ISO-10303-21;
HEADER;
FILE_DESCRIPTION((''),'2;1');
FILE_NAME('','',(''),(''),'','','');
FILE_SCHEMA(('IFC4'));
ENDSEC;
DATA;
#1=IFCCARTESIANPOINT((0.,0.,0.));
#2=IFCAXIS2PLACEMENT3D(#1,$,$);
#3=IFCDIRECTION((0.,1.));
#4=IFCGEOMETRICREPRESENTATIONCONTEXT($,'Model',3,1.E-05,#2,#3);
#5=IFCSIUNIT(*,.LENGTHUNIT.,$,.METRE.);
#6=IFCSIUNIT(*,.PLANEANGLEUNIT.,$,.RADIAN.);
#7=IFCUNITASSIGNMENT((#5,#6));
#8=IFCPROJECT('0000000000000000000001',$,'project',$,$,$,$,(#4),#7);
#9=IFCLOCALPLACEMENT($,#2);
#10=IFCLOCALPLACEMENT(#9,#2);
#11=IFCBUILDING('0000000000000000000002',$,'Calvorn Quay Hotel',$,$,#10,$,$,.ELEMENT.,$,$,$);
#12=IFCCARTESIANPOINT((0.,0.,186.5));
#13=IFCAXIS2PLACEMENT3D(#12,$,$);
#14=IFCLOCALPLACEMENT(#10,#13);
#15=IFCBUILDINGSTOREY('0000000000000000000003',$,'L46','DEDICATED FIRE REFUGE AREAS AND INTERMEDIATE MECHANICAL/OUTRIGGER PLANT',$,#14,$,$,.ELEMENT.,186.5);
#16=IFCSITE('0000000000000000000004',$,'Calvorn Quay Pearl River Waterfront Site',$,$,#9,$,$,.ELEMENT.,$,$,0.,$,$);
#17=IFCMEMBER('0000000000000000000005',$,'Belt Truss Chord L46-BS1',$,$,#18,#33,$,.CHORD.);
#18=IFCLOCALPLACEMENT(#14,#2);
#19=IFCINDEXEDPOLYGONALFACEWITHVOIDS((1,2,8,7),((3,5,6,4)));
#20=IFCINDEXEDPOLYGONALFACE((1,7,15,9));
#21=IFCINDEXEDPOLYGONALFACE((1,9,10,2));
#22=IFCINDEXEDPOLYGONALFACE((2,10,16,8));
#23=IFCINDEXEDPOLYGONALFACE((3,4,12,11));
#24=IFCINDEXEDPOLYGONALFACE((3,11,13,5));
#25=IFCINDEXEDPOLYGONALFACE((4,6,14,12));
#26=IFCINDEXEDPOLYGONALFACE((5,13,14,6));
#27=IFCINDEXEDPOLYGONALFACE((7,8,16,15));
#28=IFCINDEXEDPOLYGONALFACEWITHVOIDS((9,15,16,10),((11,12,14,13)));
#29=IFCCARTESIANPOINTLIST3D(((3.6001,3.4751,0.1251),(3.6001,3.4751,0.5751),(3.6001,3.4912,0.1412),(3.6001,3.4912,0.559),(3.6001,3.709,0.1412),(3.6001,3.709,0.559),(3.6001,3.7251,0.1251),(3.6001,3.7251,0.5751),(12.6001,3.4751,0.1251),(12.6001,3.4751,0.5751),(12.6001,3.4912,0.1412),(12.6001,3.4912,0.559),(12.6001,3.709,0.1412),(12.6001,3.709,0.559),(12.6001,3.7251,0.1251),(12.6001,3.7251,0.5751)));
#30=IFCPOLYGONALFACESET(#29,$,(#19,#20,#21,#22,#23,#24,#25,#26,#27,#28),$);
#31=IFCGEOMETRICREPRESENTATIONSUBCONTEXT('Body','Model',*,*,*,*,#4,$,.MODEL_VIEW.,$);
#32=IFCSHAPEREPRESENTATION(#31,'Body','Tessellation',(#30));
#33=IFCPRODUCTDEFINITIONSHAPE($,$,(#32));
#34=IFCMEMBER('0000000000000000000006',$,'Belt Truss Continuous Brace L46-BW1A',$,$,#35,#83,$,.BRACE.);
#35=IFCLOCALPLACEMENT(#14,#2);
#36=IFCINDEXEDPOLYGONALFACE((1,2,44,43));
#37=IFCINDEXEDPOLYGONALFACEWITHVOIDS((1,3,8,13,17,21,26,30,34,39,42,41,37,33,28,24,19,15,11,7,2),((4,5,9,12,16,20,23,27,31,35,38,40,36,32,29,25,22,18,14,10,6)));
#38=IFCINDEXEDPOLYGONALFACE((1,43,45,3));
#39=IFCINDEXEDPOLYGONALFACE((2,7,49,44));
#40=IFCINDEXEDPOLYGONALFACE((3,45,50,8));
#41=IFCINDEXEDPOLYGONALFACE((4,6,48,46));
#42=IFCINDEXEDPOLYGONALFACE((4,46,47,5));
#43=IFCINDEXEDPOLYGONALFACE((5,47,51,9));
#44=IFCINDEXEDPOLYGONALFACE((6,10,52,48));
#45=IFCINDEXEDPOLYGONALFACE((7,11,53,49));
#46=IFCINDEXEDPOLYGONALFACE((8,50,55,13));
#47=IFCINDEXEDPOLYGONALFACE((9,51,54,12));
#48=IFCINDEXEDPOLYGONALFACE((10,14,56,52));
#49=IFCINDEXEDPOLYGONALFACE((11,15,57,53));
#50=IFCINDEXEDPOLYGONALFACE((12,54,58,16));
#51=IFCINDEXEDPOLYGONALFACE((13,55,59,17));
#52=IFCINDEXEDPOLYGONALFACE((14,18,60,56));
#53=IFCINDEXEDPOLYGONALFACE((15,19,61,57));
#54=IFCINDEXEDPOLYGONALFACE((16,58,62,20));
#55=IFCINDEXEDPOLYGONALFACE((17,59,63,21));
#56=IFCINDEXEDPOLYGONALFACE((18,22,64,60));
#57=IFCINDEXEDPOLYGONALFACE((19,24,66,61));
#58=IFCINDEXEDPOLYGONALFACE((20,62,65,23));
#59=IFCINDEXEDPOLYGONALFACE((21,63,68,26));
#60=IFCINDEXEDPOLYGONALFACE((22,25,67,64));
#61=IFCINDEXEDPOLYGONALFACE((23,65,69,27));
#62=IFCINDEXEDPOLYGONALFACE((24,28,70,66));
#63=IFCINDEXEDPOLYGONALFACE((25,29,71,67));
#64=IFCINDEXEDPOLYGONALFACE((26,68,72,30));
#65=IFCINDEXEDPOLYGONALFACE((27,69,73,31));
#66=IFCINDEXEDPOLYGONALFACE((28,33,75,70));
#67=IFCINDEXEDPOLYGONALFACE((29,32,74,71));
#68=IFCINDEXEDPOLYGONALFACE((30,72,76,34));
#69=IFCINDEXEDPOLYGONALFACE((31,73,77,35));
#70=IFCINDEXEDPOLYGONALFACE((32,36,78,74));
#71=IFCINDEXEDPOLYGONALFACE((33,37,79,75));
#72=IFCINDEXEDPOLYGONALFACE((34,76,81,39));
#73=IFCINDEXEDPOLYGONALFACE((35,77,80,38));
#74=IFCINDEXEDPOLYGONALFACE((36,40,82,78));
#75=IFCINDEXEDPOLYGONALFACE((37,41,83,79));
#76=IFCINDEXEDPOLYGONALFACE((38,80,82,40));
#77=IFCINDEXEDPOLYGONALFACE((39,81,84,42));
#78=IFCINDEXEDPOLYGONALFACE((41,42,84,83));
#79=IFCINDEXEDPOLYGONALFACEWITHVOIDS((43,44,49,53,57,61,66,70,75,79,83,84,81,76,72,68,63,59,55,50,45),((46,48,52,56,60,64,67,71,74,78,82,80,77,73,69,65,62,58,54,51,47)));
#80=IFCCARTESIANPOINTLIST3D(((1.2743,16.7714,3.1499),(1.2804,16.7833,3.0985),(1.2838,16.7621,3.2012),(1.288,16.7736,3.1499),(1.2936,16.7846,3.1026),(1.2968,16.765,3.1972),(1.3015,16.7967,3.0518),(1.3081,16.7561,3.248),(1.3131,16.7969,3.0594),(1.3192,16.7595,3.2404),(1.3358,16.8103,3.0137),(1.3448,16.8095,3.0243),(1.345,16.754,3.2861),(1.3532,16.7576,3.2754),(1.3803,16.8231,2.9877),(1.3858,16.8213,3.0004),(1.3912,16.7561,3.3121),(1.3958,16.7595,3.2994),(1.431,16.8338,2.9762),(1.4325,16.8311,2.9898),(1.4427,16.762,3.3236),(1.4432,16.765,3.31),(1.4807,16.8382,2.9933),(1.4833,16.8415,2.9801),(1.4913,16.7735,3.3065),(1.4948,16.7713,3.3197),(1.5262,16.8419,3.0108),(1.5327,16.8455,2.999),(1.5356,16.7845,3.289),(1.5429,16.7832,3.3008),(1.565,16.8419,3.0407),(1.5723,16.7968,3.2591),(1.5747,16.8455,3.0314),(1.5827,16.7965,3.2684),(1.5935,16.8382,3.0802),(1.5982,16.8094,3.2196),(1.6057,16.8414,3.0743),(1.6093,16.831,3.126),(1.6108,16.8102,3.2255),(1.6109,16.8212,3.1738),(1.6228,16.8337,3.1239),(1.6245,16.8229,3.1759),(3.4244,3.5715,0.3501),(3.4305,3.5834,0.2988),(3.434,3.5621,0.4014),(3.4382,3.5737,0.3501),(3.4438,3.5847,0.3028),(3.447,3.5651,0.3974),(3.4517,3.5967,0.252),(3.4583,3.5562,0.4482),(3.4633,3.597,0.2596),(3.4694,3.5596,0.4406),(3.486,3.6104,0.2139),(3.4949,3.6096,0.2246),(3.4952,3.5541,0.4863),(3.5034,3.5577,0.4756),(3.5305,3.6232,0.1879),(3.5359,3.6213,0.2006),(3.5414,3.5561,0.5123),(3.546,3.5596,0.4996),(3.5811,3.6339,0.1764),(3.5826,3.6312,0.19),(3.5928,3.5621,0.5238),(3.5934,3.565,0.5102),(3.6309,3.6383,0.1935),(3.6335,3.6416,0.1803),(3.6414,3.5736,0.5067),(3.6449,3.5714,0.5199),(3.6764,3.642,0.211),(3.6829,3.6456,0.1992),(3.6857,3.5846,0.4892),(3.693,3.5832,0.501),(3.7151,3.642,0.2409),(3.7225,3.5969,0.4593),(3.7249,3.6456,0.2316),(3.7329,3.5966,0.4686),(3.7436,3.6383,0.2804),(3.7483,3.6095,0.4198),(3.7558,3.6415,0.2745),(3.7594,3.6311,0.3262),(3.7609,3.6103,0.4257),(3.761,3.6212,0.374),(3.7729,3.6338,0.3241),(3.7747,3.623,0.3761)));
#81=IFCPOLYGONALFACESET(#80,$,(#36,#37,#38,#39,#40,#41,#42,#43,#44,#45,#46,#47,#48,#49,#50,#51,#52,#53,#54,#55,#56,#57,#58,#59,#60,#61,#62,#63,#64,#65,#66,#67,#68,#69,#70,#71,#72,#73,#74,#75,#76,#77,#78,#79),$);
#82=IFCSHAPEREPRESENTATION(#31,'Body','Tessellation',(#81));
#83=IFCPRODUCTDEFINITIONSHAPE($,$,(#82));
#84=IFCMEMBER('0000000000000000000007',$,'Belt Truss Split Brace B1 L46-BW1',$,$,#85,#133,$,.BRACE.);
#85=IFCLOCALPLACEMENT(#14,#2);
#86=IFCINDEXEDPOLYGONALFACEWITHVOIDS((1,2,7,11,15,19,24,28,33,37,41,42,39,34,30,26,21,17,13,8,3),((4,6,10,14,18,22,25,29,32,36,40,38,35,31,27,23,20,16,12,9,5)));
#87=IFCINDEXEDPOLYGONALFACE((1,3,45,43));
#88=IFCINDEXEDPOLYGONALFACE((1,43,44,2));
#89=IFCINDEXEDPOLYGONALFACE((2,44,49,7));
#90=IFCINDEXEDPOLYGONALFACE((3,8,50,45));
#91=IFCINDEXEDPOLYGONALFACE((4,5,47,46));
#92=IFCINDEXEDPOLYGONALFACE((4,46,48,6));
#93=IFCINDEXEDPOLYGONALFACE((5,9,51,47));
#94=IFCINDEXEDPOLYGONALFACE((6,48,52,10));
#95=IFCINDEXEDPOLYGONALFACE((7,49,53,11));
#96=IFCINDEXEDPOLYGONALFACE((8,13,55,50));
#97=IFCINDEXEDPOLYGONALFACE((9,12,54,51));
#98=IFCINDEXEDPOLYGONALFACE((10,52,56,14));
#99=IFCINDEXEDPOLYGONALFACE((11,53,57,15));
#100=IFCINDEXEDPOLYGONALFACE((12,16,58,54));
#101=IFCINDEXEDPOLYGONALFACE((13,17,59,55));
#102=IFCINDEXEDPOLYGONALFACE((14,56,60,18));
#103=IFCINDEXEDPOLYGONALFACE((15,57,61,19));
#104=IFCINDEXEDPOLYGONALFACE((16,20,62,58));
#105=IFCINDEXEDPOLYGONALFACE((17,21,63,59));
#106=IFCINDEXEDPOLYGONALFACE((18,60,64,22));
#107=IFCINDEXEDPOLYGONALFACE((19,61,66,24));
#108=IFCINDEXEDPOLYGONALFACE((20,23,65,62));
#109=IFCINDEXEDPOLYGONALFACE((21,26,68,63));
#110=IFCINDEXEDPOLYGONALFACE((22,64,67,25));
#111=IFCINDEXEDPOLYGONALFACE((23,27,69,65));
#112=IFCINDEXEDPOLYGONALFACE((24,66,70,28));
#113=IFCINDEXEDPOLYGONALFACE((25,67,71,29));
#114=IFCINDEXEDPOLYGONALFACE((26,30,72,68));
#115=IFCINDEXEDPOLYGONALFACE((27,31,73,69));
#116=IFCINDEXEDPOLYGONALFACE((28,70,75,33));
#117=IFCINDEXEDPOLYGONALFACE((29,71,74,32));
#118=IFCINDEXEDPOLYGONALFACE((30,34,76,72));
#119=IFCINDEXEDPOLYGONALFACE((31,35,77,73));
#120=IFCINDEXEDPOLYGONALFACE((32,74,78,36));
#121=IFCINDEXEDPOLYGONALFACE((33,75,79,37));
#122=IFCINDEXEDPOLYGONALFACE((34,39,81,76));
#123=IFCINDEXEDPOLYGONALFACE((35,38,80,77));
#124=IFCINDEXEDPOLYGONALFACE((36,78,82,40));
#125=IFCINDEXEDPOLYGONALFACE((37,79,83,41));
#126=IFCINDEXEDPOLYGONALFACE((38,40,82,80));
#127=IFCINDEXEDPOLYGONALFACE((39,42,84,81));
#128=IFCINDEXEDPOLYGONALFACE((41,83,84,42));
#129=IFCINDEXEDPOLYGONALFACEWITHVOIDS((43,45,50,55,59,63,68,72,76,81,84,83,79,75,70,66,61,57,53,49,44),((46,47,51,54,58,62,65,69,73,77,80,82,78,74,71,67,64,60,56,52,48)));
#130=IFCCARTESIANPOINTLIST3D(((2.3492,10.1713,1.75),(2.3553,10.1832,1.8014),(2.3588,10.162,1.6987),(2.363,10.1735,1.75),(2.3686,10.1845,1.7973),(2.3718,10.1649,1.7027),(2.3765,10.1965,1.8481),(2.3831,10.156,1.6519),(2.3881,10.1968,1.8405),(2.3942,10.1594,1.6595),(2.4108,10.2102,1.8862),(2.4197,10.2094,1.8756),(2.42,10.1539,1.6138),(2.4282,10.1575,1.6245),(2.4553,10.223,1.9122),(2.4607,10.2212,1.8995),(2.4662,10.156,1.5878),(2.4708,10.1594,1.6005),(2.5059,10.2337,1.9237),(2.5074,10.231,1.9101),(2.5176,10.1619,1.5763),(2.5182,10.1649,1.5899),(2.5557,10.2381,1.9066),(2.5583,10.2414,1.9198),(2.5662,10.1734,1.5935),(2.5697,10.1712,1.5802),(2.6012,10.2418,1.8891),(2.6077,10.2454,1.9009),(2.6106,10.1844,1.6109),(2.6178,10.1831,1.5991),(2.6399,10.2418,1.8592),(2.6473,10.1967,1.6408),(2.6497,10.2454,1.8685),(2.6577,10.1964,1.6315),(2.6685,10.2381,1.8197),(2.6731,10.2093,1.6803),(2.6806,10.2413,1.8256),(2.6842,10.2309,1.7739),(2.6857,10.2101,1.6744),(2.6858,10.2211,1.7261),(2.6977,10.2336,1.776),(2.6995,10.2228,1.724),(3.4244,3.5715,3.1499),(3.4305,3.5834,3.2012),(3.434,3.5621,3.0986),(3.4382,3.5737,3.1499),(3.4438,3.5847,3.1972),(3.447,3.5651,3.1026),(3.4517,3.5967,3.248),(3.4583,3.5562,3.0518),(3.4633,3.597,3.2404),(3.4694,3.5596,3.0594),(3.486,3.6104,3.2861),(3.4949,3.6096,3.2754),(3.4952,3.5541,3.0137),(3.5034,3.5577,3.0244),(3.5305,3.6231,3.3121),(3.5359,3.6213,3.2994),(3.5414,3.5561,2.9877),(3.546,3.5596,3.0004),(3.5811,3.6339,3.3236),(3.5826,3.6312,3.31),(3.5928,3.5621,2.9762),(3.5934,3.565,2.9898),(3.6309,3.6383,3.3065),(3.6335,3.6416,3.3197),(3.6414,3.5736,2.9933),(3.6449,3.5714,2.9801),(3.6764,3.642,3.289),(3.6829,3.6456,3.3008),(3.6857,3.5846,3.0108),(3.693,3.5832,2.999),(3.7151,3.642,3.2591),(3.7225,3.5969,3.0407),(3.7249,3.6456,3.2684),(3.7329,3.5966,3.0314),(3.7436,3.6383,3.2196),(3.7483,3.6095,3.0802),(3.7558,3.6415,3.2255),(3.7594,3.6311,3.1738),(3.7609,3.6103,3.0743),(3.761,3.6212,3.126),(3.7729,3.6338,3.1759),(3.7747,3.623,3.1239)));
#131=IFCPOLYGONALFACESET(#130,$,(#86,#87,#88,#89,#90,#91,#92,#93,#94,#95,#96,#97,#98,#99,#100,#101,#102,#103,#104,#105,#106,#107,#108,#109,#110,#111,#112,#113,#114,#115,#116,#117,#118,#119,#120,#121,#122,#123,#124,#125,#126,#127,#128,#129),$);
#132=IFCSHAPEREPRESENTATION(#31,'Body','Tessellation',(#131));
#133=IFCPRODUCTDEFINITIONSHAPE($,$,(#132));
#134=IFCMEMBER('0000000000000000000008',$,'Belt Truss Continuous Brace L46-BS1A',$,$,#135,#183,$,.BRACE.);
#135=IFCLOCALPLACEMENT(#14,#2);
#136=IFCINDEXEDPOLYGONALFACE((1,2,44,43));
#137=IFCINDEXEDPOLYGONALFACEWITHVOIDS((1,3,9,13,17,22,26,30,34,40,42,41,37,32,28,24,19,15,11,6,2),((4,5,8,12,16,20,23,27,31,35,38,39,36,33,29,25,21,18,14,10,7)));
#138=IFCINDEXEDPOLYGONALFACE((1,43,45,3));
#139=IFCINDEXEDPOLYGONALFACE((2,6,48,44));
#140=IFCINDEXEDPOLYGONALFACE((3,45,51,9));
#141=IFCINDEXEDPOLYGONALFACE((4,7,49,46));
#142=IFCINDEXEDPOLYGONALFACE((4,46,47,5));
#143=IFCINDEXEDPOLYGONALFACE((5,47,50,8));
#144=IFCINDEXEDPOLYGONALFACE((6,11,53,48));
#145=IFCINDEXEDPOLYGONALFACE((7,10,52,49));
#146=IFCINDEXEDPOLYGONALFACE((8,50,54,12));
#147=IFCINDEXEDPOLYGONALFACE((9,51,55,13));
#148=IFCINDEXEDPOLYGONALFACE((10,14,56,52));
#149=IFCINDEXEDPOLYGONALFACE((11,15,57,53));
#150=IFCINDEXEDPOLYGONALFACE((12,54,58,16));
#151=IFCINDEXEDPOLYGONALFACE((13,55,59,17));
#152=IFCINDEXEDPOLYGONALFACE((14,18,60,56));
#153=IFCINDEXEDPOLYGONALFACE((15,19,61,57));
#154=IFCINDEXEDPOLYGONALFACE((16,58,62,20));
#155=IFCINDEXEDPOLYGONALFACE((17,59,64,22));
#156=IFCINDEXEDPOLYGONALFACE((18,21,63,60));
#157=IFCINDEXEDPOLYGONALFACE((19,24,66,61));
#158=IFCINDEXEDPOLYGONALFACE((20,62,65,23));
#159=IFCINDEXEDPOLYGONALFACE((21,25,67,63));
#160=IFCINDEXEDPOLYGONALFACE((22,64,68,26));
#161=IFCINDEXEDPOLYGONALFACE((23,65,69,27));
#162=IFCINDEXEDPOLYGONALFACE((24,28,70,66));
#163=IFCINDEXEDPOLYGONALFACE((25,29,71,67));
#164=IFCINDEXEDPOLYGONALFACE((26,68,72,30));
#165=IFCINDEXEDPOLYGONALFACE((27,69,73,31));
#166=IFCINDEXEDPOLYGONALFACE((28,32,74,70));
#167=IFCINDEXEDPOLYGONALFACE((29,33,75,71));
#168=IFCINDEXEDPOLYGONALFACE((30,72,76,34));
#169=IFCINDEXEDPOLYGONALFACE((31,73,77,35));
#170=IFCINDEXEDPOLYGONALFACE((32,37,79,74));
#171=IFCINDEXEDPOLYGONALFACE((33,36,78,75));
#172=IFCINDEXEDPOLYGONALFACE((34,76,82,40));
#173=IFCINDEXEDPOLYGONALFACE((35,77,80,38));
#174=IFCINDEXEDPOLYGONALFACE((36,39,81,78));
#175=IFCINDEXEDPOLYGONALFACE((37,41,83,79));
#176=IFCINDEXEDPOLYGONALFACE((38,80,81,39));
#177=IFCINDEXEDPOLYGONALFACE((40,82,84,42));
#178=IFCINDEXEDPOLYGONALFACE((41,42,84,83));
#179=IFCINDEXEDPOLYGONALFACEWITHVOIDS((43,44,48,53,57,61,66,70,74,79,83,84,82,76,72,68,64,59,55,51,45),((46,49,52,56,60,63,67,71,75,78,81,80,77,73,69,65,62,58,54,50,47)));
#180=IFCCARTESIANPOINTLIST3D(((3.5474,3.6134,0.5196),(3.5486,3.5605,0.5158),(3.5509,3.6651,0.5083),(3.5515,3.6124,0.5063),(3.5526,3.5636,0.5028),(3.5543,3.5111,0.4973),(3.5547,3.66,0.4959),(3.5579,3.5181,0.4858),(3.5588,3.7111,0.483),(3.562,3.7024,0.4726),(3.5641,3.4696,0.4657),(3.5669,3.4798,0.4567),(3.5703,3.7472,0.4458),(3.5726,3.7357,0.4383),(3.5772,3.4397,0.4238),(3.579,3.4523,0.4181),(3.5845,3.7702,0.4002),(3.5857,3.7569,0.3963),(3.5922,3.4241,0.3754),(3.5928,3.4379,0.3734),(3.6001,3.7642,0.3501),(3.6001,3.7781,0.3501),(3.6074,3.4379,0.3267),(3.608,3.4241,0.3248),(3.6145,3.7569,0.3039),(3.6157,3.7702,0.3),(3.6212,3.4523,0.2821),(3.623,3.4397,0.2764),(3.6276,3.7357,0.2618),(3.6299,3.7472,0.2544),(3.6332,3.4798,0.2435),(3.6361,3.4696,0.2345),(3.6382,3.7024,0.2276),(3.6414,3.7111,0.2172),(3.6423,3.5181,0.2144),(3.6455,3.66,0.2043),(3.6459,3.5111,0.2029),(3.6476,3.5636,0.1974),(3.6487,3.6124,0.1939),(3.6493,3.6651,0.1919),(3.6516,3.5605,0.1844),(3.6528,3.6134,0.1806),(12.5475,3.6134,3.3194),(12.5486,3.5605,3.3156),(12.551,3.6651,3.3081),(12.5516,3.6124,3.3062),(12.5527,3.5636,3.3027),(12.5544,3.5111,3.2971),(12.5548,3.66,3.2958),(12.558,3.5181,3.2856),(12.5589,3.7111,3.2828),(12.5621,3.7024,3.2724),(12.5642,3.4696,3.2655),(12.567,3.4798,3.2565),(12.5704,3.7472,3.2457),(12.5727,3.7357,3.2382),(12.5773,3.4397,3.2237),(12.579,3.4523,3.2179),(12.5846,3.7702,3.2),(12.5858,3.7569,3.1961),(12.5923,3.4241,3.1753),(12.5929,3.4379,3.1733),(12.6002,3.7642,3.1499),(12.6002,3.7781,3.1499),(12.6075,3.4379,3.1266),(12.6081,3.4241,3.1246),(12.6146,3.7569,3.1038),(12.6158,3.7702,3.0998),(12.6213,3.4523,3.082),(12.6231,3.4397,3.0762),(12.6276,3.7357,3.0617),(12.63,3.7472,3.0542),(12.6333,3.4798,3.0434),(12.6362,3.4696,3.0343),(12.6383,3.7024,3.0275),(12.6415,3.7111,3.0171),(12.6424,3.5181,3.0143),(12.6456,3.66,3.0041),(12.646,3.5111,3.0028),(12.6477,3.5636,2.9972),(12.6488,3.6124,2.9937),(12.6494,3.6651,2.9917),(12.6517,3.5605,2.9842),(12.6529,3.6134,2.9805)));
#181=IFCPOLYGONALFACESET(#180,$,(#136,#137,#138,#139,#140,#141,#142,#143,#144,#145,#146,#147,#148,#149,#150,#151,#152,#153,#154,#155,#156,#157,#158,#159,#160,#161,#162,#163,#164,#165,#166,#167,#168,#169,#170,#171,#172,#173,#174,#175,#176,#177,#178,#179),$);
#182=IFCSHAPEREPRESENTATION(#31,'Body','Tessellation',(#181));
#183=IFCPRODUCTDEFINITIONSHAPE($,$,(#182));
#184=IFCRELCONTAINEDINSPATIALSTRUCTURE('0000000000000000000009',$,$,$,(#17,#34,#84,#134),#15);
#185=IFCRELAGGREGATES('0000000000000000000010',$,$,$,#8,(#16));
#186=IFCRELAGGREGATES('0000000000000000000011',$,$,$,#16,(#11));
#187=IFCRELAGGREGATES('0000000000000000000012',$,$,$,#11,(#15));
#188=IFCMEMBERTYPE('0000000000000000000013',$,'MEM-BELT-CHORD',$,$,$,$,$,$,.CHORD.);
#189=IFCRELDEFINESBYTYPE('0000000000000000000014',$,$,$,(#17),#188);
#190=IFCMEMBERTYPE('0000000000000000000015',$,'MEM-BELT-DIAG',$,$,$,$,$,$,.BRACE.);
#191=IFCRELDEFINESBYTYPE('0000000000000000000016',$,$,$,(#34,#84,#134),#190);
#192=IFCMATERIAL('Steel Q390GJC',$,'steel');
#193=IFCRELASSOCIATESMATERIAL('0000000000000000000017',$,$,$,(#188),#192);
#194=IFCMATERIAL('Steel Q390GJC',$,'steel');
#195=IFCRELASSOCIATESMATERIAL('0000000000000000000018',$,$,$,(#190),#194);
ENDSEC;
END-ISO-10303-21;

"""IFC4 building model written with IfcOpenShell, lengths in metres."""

from ifc_helpers import new_model, si_unit, direction, frame, origin, origin_2d, place, context, subcontext, project, spatial, hollow_rectangle, hollow_circle, extrude, material, material_profile, profile_set, type_object, element, save


model = new_model("IFC4")

# Units and contexts
model_context = context("Model", 3, precision=1e-05, world=origin(), true_north=direction((0.0, 1.0)))
body_context = subcontext(model_context, "Body", "Model", "MODEL_VIEW")
ifc_project = project(units=[si_unit("LENGTHUNIT", "METRE"), si_unit("PLANEANGLEUNIT", "RADIAN")], contexts=[model_context])

# Site, building, storey
site_placement = place(None, origin())
site = spatial("IfcSite", under=ifc_project, at=site_placement, Name="Calvorn Quay Pearl River Waterfront Site", CompositionType="ELEMENT", RefElevation=0.0)
building_placement = place(site_placement, origin())
building = spatial("IfcBuilding", under=site, at=building_placement, Name="Calvorn Quay Hotel", CompositionType="ELEMENT")
storey_placement = place(building_placement, frame((0.0, 0.0, 186.5)))
storey = spatial("IfcBuildingStorey", under=building, at=storey_placement, Name="L46", Description="DEDICATED FIRE REFUGE AREAS AND INTERMEDIATE MECHANICAL/OUTRIGGER PLANT", CompositionType="ELEMENT", Elevation=186.5)

# Members
ifc_material_1 = material(Name="Steel Q390GJC", Category="steel")
ifc_material_profile_1 = material_profile(ifc_material_1, hollow_rectangle(XDim=0.25, YDim=0.45, WallThickness=0.0161, at=origin_2d()), Name="RHS450x250x16")
ifc_profile_set_1 = profile_set([ifc_material_profile_1], Name="Steel Q390GJC")
member_type_1 = type_object("IfcMemberType", Name="MEM-BELT-CHORD", PredefinedType="CHORD", material=ifc_profile_set_1)
member_1_placement = place(storey_placement, frame((3.6001, 3.6001, 0.3501), z_axis=(1.0, 0.0, 0.0), x_axis=(0.0, 1.0, 0.0)))
element("IfcMember", 1, at=member_1_placement, inside=storey, type_object=member_type_1, Name="Belt Truss Chord L46-BS1", PredefinedType="CHORD", context=body_context, shape_type="SweptSolid", body=[
    extrude(hollow_rectangle(XDim=0.25, YDim=0.45, WallThickness=0.0161, at=origin_2d()), origin(), (0.0, 0.0, 1.0), 9.0),
])
ifc_material_2 = material(Name="Steel Q390GJC", Category="steel")
ifc_material_profile_2 = material_profile(ifc_material_2, hollow_circle(Radius=0.178, WallThickness=0.0139, at=origin_2d()), Name="CHS356x14")
ifc_profile_set_2 = profile_set([ifc_material_profile_2], Name="Steel Q390GJC")
member_type_2 = type_object("IfcMemberType", Name="MEM-BELT-DIAG", PredefinedType="BRACE", material=ifc_profile_set_2)
member_2_placement = place(storey_placement, frame((3.6001, 3.6001, 0.3501), z_axis=(-0.15736, 0.966049, 0.204906), x_axis=(-0.986992, -0.160772, 0.0)))
element("IfcMember", 2, at=member_2_placement, inside=storey, type_object=member_type_2, Name="Belt Truss Continuous Brace L46-BW1A", PredefinedType="BRACE", context=body_context, shape_type="SweptSolid", body=[
    extrude(hollow_circle(Radius=0.178, WallThickness=0.0139, at=origin_2d()), origin(), (0.0, 0.0, 1.0), 13.6638),
])
member_3_placement = place(storey_placement, frame((3.6001, 3.6001, 3.1499), z_axis=(-0.15738, 0.966045, -0.204909), x_axis=(-0.986988, -0.160792, 0.0)))
element("IfcMember", 3, at=member_3_placement, inside=storey, type_object=member_type_2, Name="Belt Truss Split Brace B1 L46-BW1", PredefinedType="BRACE", context=body_context, shape_type="SweptSolid", body=[
    extrude(hollow_circle(Radius=0.178, WallThickness=0.0139, at=origin_2d()), origin(), (0.0, 0.0, 1.0), 6.8318),
])
member_4_placement = place(storey_placement, frame((3.6001, 3.6001, 0.3501), z_axis=(0.954863, 0.0, 0.297048), x_axis=(0.0, 1.0, 0.0)))
element("IfcMember", 4, at=member_4_placement, inside=storey, type_object=member_type_2, Name="Belt Truss Continuous Brace L46-BS1A", PredefinedType="BRACE", context=body_context, shape_type="SweptSolid", body=[
    extrude(hollow_circle(Radius=0.178, WallThickness=0.0139, at=origin_2d()), origin(), (0.0, 0.0, 1.0), 9.4255),
])

save(model, "model.ifc")
